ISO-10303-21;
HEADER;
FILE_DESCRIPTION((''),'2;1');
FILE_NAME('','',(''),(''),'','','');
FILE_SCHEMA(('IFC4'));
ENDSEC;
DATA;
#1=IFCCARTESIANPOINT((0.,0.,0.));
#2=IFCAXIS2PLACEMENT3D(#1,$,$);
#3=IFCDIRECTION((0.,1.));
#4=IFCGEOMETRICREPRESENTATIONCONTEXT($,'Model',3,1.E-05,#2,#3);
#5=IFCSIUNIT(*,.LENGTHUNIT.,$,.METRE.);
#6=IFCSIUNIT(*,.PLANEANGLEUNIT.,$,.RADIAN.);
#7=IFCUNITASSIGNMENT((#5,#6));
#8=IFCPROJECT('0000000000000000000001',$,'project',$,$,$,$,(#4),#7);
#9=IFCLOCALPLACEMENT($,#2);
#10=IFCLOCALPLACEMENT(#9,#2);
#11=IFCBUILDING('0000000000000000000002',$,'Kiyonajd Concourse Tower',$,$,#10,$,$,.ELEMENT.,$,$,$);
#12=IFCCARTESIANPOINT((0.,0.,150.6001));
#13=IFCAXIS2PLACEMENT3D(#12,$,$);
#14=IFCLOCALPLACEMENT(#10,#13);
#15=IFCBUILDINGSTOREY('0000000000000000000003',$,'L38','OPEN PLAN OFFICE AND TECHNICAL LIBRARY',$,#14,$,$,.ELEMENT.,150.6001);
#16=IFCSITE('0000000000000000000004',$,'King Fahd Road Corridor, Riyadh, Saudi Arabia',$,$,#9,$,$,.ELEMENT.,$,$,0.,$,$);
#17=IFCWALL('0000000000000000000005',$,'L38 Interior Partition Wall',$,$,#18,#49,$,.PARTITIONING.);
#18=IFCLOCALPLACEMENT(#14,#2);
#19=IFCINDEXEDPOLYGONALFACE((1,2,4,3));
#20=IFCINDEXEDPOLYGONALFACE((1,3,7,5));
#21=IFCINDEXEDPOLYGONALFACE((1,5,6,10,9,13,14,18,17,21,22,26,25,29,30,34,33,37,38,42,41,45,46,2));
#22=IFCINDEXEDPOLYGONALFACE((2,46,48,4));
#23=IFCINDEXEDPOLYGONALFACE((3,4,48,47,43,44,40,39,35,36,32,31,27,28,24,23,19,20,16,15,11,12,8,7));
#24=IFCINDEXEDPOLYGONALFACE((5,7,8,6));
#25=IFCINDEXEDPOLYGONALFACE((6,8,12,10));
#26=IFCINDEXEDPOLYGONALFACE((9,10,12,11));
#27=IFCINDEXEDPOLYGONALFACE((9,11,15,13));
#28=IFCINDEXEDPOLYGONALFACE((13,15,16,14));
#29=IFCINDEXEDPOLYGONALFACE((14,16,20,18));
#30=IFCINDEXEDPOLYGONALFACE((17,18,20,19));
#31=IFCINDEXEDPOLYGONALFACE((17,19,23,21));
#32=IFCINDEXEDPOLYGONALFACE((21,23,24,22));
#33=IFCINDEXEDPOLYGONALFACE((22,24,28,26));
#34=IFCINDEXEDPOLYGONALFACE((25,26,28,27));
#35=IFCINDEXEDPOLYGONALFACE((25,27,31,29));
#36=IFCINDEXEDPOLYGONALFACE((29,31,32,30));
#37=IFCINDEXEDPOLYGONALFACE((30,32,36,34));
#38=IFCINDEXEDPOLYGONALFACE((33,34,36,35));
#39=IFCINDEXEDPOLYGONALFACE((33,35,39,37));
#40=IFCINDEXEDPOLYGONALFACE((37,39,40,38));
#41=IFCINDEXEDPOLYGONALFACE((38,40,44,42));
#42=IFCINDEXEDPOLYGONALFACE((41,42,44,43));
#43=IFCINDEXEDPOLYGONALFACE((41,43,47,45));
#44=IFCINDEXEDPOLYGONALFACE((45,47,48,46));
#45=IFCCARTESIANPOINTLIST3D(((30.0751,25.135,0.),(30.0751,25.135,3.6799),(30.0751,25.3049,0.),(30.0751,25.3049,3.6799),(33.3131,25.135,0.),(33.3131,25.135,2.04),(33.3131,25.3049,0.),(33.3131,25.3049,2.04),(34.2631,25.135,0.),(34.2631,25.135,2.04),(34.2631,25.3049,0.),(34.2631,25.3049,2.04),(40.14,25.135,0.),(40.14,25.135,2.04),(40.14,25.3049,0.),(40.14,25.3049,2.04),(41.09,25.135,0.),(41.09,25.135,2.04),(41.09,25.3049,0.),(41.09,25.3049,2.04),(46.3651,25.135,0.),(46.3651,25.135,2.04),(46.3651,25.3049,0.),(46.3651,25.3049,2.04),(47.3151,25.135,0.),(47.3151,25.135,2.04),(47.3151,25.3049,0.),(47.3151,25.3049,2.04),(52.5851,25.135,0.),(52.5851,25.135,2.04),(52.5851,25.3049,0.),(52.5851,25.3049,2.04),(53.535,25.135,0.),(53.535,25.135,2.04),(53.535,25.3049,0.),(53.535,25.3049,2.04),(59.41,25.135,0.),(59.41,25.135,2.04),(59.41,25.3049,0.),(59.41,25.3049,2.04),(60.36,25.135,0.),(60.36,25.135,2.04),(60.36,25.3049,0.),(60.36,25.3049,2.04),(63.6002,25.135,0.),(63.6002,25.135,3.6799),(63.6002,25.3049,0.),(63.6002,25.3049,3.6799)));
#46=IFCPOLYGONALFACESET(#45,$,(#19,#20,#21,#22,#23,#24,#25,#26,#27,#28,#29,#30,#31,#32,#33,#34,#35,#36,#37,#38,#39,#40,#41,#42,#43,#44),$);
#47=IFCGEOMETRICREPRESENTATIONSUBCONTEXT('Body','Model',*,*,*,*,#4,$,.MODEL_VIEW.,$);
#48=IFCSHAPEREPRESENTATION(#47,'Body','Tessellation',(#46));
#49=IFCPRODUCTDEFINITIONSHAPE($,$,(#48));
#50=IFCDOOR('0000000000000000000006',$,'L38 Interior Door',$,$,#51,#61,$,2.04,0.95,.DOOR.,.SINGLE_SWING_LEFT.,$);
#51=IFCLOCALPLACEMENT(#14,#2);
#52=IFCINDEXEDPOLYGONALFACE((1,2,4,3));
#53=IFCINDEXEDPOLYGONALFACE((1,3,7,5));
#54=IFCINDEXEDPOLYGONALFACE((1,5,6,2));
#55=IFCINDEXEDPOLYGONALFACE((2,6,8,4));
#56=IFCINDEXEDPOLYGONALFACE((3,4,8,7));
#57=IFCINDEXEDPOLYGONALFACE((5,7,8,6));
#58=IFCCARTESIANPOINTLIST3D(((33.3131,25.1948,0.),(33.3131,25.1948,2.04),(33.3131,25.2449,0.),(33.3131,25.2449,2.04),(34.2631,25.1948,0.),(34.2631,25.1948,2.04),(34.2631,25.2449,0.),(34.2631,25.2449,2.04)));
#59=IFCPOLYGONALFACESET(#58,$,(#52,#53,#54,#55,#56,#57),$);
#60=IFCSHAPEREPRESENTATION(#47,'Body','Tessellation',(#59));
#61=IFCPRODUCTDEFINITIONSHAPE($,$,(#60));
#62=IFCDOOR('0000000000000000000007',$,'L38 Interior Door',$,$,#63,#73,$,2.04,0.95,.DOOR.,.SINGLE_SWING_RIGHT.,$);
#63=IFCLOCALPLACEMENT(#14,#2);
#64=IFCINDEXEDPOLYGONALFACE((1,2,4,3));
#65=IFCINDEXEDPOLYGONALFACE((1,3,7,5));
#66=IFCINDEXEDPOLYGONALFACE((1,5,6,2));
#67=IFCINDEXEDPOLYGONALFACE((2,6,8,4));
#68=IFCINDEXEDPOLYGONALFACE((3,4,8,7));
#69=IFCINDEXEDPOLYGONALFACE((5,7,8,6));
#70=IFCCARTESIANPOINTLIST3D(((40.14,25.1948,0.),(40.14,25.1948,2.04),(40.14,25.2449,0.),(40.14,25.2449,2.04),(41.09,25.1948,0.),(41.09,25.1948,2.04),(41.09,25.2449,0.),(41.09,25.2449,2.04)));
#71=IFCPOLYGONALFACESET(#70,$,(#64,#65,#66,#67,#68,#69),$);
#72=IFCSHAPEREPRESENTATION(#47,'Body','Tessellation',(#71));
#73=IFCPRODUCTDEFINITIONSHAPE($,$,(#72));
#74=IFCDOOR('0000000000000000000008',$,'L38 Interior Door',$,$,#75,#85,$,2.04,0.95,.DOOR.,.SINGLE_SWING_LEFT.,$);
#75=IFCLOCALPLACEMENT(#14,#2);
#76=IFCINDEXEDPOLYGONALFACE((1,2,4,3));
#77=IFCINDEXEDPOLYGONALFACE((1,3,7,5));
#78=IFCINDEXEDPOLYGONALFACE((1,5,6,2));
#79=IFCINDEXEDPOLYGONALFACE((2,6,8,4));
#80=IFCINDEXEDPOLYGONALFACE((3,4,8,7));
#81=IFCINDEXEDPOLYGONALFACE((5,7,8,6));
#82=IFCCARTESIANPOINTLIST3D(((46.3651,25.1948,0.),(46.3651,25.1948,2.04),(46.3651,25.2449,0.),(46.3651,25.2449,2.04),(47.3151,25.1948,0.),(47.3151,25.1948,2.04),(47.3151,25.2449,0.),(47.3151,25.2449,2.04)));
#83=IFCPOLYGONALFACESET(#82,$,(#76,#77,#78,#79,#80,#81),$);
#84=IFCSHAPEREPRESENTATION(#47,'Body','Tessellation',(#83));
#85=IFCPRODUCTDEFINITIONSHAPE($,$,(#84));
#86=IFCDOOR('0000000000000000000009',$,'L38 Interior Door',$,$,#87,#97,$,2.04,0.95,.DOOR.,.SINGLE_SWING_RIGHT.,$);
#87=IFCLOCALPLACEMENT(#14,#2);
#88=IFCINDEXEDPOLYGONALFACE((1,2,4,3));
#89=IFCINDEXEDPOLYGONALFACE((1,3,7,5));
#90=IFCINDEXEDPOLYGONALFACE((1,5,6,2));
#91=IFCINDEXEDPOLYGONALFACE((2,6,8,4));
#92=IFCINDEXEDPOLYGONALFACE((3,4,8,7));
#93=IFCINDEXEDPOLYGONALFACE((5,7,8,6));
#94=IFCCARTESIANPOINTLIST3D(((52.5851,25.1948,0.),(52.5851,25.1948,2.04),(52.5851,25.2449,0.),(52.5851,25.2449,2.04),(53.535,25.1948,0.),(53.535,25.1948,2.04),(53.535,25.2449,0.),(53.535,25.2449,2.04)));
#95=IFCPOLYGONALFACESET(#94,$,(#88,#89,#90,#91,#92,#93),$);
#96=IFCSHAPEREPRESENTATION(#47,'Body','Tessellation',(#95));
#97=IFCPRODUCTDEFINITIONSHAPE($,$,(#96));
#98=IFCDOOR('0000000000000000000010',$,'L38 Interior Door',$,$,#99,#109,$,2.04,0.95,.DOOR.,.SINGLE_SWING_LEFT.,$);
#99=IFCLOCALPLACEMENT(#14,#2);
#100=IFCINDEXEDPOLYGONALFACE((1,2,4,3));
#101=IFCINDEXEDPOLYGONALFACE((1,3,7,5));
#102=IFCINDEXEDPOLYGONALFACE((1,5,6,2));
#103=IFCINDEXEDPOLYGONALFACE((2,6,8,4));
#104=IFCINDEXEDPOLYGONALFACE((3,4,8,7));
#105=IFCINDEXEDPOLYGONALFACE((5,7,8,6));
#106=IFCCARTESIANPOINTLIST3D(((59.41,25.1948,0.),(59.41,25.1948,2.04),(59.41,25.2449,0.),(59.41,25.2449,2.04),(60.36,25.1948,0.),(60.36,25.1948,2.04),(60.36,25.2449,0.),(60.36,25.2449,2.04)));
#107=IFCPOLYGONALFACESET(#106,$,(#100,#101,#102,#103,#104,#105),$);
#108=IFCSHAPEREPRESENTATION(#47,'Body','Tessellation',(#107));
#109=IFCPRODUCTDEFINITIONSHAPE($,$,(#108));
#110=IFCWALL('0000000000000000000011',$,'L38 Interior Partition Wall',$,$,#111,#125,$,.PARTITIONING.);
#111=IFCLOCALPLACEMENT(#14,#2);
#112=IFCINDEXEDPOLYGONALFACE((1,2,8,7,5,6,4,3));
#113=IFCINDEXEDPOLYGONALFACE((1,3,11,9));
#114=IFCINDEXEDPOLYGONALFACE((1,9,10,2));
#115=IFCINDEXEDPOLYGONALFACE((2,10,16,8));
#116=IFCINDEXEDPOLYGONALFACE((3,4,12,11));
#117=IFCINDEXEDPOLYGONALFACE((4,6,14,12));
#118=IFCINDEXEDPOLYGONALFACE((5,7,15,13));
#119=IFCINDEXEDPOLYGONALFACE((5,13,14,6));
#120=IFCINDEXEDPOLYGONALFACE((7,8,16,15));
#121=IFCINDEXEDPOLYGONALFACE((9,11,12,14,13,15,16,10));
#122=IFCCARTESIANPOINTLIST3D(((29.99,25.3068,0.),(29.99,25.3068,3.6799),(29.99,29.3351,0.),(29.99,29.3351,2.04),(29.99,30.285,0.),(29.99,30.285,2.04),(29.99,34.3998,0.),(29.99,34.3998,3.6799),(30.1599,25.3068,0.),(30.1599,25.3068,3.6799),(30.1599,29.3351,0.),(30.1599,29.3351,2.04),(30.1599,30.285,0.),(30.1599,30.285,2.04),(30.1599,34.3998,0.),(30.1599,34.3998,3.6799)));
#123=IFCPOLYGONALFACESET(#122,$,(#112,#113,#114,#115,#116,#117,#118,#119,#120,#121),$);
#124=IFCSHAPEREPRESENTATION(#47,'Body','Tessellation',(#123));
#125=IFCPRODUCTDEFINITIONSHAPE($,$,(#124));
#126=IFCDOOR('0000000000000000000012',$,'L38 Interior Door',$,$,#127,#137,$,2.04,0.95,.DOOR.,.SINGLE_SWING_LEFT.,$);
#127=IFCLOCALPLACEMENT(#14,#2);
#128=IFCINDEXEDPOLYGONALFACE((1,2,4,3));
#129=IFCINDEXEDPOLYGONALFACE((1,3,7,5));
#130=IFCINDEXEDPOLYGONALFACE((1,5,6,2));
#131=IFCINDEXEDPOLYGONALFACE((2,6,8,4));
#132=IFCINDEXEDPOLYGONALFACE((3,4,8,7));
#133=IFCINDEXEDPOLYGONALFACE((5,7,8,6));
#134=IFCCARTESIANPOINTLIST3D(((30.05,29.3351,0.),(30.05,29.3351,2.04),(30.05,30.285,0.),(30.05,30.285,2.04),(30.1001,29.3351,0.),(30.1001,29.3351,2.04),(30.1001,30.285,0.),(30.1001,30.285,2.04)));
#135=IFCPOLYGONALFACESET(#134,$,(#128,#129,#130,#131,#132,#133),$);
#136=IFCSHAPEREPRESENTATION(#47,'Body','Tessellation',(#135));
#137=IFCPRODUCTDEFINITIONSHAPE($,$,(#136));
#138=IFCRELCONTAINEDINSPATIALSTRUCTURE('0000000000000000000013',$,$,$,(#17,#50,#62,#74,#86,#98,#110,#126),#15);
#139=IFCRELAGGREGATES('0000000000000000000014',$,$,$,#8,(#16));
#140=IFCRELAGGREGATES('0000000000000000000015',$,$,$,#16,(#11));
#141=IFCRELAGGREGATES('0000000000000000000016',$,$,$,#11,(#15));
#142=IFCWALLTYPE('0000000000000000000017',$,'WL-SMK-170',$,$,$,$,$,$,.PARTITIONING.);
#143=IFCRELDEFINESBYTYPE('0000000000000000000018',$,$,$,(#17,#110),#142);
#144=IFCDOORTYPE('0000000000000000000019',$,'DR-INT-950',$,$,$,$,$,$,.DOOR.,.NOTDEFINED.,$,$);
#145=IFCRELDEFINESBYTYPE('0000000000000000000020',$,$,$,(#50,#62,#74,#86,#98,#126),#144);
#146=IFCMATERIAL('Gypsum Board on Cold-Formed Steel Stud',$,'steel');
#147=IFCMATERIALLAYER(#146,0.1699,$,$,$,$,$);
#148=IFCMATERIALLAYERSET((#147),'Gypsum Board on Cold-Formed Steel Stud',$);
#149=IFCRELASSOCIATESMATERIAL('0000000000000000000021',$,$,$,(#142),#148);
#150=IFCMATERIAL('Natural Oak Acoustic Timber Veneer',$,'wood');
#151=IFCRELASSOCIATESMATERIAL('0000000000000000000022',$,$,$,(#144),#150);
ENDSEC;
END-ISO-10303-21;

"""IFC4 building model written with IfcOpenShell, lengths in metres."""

from ifc_helpers import new_model, si_unit, direction, frame, frame_2d, origin, place, context, subcontext, project, spatial, rectangle, extrude, material, layer, layer_set, type_object, element, fill, save


model = new_model("IFC4")

# Units and contexts
model_context = context("Model", 3, precision=1e-05, world=origin(), true_north=direction((0.0, 1.0)))
body_context = subcontext(model_context, "Body", "Model", "MODEL_VIEW")
ifc_project = project(units=[si_unit("LENGTHUNIT", "METRE"), si_unit("PLANEANGLEUNIT", "RADIAN")], contexts=[model_context])

# Site, building, storey
site_placement = place(None, origin())
site = spatial("IfcSite", under=ifc_project, at=site_placement, Name="King Fahd Road Corridor, Riyadh, Saudi Arabia", CompositionType="ELEMENT", RefElevation=0.0)
building_placement = place(site_placement, origin())
building = spatial("IfcBuilding", under=site, at=building_placement, Name="Kiyonajd Concourse Tower", CompositionType="ELEMENT")
storey_placement = place(building_placement, frame((0.0, 0.0, 150.6001)))
storey = spatial("IfcBuildingStorey", under=building, at=storey_placement, Name="L38", Description="OPEN PLAN OFFICE AND TECHNICAL LIBRARY", CompositionType="ELEMENT", Elevation=150.6001)

# Wall, openings, doors
ifc_material_1 = material(Name="Gypsum Board on Cold-Formed Steel Stud", Category="steel")
ifc_layer_1 = layer(ifc_material_1, 0.1699)
ifc_layer_set_1 = layer_set([ifc_layer_1], Name="Gypsum Board on Cold-Formed Steel Stud")
wall_type_1 = type_object("IfcWallType", Name="WL-SMK-170", PredefinedType="PARTITIONING", material=ifc_layer_set_1)
wall_1_placement = place(storey_placement, frame((30.075, 25.22, 0.0), z_axis=(0.0, 0.0, 1.0), x_axis=(1.0, 0.0, 0.0)))
wall_1 = element("IfcWall", 1, at=wall_1_placement, inside=storey, type_object=wall_type_1, Name="L38 Interior Partition Wall", PredefinedType="PARTITIONING", context=body_context, shape_type="SweptSolid", body=[
    extrude(rectangle(XDim=33.5251, YDim=0.1699, at=frame_2d((16.7627, 0.0))), origin(), (0.0, 0.0, 1.0), 3.6799),
])
opening_1_placement = place(wall_1_placement, frame((3.238, 0.0, 0.0)))
opening_1 = element("IfcOpeningElement", 2, at=opening_1_placement, cuts=wall_1, PredefinedType="OPENING", context=body_context, shape_type="SweptSolid", body=[
    extrude(rectangle(XDim=0.95, YDim=2.04, at=frame_2d((0.4751, 1.02))), frame((0.0, 0.095, 0.0), z_axis=(0.0, -1.0, 0.0), x_axis=(1.0, 0.0, 0.0)), (0.0, 0.0, 1.0), 0.1899),
])
opening_2_placement = place(wall_1_placement, frame((10.0649, 0.0, 0.0)))
opening_2 = element("IfcOpeningElement", 3, at=opening_2_placement, cuts=wall_1, PredefinedType="OPENING", context=body_context, shape_type="SweptSolid", body=[
    extrude(rectangle(XDim=0.95, YDim=2.04, at=frame_2d((0.4751, 1.02))), frame((0.0, 0.095, 0.0), z_axis=(0.0, -1.0, 0.0), x_axis=(1.0, 0.0, 0.0)), (0.0, 0.0, 1.0), 0.1899),
])
opening_3_placement = place(wall_1_placement, frame((16.29, 0.0, 0.0)))
opening_3 = element("IfcOpeningElement", 4, at=opening_3_placement, cuts=wall_1, PredefinedType="OPENING", context=body_context, shape_type="SweptSolid", body=[
    extrude(rectangle(XDim=0.95, YDim=2.04, at=frame_2d((0.4751, 1.02))), frame((0.0, 0.095, 0.0), z_axis=(0.0, -1.0, 0.0), x_axis=(1.0, 0.0, 0.0)), (0.0, 0.0, 1.0), 0.1899),
])
opening_4_placement = place(wall_1_placement, frame((22.51, 0.0, 0.0)))
opening_4 = element("IfcOpeningElement", 5, at=opening_4_placement, cuts=wall_1, PredefinedType="OPENING", context=body_context, shape_type="SweptSolid", body=[
    extrude(rectangle(XDim=0.95, YDim=2.04, at=frame_2d((0.4751, 1.02))), frame((0.0, 0.095, 0.0), z_axis=(0.0, -1.0, 0.0), x_axis=(1.0, 0.0, 0.0)), (0.0, 0.0, 1.0), 0.1899),
])
opening_5_placement = place(wall_1_placement, frame((29.335, 0.0, 0.0)))
opening_5 = element("IfcOpeningElement", 6, at=opening_5_placement, cuts=wall_1, PredefinedType="OPENING", context=body_context, shape_type="SweptSolid", body=[
    extrude(rectangle(XDim=0.95, YDim=2.04, at=frame_2d((0.4751, 1.02))), frame((0.0, 0.095, 0.0), z_axis=(0.0, -1.0, 0.0), x_axis=(1.0, 0.0, 0.0)), (0.0, 0.0, 1.0), 0.1899),
])
ifc_material_2 = material(Name="Natural Oak Acoustic Timber Veneer", Category="wood")
door_type = type_object("IfcDoorType", Name="DR-INT-950", OperationType="NOTDEFINED", PredefinedType="DOOR", material=ifc_material_2)
door_1_placement = place(opening_1_placement, origin())
door_1 = element("IfcDoor", 7, at=door_1_placement, inside=storey, type_object=door_type, Name="L38 Interior Door", OperationType="SINGLE_SWING_LEFT", OverallHeight=2.04, OverallWidth=0.95, PredefinedType="DOOR", context=body_context, shape_type="SweptSolid", body=[
    extrude(rectangle(XDim=0.95, YDim=2.04, at=frame_2d((0.4751, 1.02))), frame((0.0, 0.0249, 0.0), z_axis=(0.0, -1.0, 0.0), x_axis=(1.0, 0.0, 0.0)), (0.0, 0.0, 1.0), 0.05),
])
fill(opening_1, door_1)
door_2_placement = place(opening_2_placement, origin())
door_2 = element("IfcDoor", 8, at=door_2_placement, inside=storey, type_object=door_type, Name="L38 Interior Door", OperationType="SINGLE_SWING_RIGHT", OverallHeight=2.04, OverallWidth=0.95, PredefinedType="DOOR", context=body_context, shape_type="SweptSolid", body=[
    extrude(rectangle(XDim=0.95, YDim=2.04, at=frame_2d((0.4751, 1.02))), frame((0.0, 0.0249, 0.0), z_axis=(0.0, -1.0, 0.0), x_axis=(1.0, 0.0, 0.0)), (0.0, 0.0, 1.0), 0.05),
])
fill(opening_2, door_2)
door_3_placement = place(opening_3_placement, origin())
door_3 = element("IfcDoor", 9, at=door_3_placement, inside=storey, type_object=door_type, Name="L38 Interior Door", OperationType="SINGLE_SWING_LEFT", OverallHeight=2.04, OverallWidth=0.95, PredefinedType="DOOR", context=body_context, shape_type="SweptSolid", body=[
    extrude(rectangle(XDim=0.95, YDim=2.04, at=frame_2d((0.4751, 1.02))), frame((0.0, 0.0249, 0.0), z_axis=(0.0, -1.0, 0.0), x_axis=(1.0, 0.0, 0.0)), (0.0, 0.0, 1.0), 0.05),
])
fill(opening_3, door_3)
door_4_placement = place(opening_4_placement, origin())
door_4 = element("IfcDoor", 10, at=door_4_placement, inside=storey, type_object=door_type, Name="L38 Interior Door", OperationType="SINGLE_SWING_RIGHT", OverallHeight=2.04, OverallWidth=0.95, PredefinedType="DOOR", context=body_context, shape_type="SweptSolid", body=[
    extrude(rectangle(XDim=0.95, YDim=2.04, at=frame_2d((0.4751, 1.02))), frame((0.0, 0.0249, 0.0), z_axis=(0.0, -1.0, 0.0), x_axis=(1.0, 0.0, 0.0)), (0.0, 0.0, 1.0), 0.05),
])
fill(opening_4, door_4)
door_5_placement = place(opening_5_placement, origin())
door_5 = element("IfcDoor", 11, at=door_5_placement, inside=storey, type_object=door_type, Name="L38 Interior Door", OperationType="SINGLE_SWING_LEFT", OverallHeight=2.04, OverallWidth=0.95, PredefinedType="DOOR", context=body_context, shape_type="SweptSolid", body=[
    extrude(rectangle(XDim=0.95, YDim=2.04, at=frame_2d((0.4751, 1.02))), frame((0.0, 0.0249, 0.0), z_axis=(0.0, -1.0, 0.0), x_axis=(1.0, 0.0, 0.0)), (0.0, 0.0, 1.0), 0.05),
])
fill(opening_5, door_5)

# Wall, opening, door
wall_2_placement = place(storey_placement, frame((30.075, 25.3069, 0.0), z_axis=(0.0, 0.0, 1.0), x_axis=(0.0, 1.0, 0.0)))
wall_2 = element("IfcWall", 12, at=wall_2_placement, inside=storey, type_object=wall_type_1, Name="L38 Interior Partition Wall", PredefinedType="PARTITIONING", context=body_context, shape_type="SweptSolid", body=[
    extrude(rectangle(XDim=9.093, YDim=0.1699, at=frame_2d((4.5464, 0.0))), origin(), (0.0, 0.0, 1.0), 3.6799),
])
opening_6_placement = place(wall_2_placement, frame((4.0281, 0.0, 0.0)))
opening_6 = element("IfcOpeningElement", 13, at=opening_6_placement, cuts=wall_2, PredefinedType="OPENING", context=body_context, shape_type="SweptSolid", body=[
    extrude(rectangle(XDim=0.95, YDim=2.04, at=frame_2d((0.4751, 1.02))), frame((0.0, 0.095, 0.0), z_axis=(0.0, -1.0, 0.0), x_axis=(1.0, 0.0, 0.0)), (0.0, 0.0, 1.0), 0.1899),
])
door_6_placement = place(opening_6_placement, origin())
door_6 = element("IfcDoor", 14, at=door_6_placement, inside=storey, type_object=door_type, Name="L38 Interior Door", OperationType="SINGLE_SWING_LEFT", OverallHeight=2.04, OverallWidth=0.95, PredefinedType="DOOR", context=body_context, shape_type="SweptSolid", body=[
    extrude(rectangle(XDim=0.95, YDim=2.04, at=frame_2d((0.4751, 1.02))), frame((0.0, 0.0249, 0.0), z_axis=(0.0, -1.0, 0.0), x_axis=(1.0, 0.0, 0.0)), (0.0, 0.0, 1.0), 0.05),
])
fill(opening_6, door_6)

save(model, "model.ifc")
